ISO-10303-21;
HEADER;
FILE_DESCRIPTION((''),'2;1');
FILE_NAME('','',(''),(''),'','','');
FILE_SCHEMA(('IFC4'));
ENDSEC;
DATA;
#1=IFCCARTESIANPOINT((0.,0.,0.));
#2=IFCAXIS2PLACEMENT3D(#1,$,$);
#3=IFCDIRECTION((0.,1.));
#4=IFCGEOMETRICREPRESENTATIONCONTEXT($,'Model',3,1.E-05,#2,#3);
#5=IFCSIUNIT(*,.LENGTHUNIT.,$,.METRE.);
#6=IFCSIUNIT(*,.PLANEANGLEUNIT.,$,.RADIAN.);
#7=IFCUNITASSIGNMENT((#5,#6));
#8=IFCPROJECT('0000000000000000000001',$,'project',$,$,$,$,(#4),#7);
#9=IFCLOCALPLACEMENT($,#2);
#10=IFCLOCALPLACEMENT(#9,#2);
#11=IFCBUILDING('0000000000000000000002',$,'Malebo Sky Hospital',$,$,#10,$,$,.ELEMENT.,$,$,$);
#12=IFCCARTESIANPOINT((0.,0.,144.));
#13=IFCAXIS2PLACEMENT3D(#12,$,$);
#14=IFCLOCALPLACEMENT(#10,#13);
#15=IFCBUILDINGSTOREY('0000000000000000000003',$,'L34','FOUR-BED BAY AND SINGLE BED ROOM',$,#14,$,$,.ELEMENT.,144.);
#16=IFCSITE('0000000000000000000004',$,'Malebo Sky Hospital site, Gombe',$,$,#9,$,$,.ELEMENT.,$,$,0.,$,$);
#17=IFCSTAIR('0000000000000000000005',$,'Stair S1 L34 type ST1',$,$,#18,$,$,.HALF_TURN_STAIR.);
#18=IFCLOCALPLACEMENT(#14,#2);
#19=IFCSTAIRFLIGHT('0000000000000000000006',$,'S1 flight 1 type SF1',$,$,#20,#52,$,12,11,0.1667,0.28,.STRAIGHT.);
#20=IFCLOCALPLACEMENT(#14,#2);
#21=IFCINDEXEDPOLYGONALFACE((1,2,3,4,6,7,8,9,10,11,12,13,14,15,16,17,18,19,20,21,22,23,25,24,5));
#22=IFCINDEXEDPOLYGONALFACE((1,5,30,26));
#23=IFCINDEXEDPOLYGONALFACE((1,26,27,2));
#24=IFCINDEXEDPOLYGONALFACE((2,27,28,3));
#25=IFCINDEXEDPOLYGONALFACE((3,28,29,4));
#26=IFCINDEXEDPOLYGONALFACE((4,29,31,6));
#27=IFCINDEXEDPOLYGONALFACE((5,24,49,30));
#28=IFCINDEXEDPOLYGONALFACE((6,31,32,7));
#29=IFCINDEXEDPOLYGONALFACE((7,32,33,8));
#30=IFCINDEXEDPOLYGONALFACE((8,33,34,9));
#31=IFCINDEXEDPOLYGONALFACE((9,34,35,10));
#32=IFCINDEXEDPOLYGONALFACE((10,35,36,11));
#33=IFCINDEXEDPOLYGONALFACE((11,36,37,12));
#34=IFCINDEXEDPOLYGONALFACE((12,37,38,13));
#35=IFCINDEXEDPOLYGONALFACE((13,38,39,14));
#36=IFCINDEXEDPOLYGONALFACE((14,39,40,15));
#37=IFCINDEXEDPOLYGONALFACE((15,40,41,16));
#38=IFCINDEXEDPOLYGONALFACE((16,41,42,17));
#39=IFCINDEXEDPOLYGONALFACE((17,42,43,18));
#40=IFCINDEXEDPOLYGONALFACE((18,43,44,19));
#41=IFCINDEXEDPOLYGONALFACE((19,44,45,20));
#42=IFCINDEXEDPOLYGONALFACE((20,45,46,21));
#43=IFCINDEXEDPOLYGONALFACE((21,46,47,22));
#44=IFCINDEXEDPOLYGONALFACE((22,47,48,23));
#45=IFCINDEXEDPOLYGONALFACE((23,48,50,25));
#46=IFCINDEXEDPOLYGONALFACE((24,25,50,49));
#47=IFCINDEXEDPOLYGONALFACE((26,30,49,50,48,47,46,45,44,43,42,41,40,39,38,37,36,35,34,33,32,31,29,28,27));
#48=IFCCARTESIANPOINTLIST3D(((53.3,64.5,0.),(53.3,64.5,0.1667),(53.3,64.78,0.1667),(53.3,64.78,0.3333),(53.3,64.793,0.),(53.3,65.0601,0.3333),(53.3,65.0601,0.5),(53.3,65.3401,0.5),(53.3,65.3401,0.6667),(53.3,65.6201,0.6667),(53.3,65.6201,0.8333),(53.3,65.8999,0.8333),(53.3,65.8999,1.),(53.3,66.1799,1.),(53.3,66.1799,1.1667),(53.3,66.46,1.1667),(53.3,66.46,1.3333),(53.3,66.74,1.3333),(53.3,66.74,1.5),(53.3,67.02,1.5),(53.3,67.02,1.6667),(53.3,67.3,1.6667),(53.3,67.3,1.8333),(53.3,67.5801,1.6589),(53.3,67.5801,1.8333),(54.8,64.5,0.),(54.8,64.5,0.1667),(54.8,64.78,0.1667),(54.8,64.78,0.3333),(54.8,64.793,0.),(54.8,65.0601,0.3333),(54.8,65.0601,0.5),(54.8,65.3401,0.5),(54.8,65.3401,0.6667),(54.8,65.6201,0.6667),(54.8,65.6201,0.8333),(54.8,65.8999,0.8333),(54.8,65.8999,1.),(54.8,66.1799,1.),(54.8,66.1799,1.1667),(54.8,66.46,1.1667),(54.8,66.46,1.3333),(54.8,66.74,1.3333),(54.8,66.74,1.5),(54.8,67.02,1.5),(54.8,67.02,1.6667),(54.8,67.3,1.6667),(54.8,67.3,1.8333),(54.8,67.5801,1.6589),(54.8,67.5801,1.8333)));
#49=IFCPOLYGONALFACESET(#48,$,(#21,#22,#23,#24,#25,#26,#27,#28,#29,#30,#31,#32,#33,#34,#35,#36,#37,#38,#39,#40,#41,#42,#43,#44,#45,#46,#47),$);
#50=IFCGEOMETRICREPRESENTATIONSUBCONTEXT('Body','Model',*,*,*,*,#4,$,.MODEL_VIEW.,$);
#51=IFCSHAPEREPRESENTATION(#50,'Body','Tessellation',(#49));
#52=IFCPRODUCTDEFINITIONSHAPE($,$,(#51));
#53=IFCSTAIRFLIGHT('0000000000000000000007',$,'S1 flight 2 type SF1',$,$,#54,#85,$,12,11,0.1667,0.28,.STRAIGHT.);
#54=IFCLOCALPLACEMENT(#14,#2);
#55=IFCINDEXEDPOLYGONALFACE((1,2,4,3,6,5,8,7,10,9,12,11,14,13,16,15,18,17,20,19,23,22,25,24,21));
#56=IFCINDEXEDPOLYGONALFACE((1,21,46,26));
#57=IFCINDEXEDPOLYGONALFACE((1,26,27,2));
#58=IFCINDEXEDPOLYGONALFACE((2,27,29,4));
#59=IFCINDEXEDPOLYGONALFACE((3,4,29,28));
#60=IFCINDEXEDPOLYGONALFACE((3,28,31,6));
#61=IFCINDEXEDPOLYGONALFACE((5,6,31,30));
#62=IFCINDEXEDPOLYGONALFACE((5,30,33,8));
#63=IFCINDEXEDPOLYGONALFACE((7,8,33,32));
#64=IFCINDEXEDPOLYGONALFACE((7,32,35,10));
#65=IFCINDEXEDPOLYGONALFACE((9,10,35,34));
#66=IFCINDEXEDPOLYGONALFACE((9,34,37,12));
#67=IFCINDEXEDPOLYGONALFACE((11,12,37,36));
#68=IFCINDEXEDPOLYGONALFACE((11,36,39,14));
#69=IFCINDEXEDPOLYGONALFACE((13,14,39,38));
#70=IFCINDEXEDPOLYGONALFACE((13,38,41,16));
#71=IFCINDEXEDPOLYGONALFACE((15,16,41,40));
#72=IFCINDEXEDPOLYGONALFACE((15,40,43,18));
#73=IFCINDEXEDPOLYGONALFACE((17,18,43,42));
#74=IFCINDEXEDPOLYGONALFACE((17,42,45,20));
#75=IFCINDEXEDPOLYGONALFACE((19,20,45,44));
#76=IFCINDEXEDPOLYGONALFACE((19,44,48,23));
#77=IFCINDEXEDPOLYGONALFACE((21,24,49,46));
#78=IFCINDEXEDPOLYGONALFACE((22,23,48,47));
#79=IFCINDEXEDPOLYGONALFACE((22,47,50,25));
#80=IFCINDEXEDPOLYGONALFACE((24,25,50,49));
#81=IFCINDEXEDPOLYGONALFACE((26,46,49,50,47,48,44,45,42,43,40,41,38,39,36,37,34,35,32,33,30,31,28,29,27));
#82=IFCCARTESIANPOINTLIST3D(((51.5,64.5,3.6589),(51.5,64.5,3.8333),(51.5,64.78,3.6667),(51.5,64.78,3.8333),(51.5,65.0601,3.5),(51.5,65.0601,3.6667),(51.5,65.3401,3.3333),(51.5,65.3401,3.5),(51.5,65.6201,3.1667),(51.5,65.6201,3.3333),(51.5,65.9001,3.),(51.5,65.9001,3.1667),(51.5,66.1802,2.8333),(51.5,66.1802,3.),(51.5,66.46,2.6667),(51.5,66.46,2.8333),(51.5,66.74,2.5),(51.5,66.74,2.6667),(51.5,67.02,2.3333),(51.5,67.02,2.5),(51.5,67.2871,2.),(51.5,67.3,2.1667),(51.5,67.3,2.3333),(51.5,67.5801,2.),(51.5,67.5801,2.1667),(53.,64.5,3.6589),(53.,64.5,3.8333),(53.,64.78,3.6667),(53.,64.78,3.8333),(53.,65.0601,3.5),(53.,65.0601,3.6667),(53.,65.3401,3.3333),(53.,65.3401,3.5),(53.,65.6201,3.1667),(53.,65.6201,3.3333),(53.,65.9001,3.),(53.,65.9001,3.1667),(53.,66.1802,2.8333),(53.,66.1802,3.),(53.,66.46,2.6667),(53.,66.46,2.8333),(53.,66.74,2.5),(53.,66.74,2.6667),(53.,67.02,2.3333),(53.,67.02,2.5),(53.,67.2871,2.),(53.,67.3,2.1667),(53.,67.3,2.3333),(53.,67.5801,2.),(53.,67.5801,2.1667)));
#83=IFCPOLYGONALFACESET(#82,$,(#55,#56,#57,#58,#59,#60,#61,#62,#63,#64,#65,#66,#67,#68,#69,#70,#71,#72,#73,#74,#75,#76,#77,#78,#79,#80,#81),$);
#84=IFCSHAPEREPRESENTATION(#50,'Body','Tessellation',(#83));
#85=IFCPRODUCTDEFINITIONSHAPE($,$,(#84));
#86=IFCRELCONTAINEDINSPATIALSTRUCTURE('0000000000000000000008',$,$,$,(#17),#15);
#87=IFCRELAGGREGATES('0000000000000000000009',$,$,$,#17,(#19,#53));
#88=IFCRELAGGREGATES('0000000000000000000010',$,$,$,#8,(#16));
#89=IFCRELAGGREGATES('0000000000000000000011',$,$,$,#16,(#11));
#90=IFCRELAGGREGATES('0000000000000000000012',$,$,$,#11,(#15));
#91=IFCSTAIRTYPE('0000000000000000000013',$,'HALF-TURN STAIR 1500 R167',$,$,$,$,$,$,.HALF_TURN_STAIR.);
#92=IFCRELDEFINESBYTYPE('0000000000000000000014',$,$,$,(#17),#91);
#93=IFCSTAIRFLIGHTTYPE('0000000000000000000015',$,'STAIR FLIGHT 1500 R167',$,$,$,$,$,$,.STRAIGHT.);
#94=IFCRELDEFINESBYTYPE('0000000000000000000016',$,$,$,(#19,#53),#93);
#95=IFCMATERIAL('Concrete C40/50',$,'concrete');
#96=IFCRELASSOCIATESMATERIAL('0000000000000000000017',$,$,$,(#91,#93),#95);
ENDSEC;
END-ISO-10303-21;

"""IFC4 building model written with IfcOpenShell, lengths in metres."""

from ifc_helpers import new_model, si_unit, direction, frame, origin, place, context, subcontext, project, spatial, polyline, outline, extrude, material, type_object, element, aggregate, save


model = new_model("IFC4")

# Units and contexts
model_context = context("Model", 3, precision=1e-05, world=origin(), true_north=direction((0.0, 1.0)))
body_context = subcontext(model_context, "Body", "Model", "MODEL_VIEW")
ifc_project = project(units=[si_unit("LENGTHUNIT", "METRE"), si_unit("PLANEANGLEUNIT", "RADIAN")], contexts=[model_context])

# Site, building, storey
site_placement = place(None, origin())
site = spatial("IfcSite", under=ifc_project, at=site_placement, Name="Malebo Sky Hospital site, Gombe", CompositionType="ELEMENT", RefElevation=0.0)
building_placement = place(site_placement, origin())
building = spatial("IfcBuilding", under=site, at=building_placement, Name="Malebo Sky Hospital", CompositionType="ELEMENT")
storey_placement = place(building_placement, frame((0.0, 0.0, 144.0)))
storey = spatial("IfcBuildingStorey", under=building, at=storey_placement, Name="L34", Description="FOUR-BED BAY AND SINGLE BED ROOM", CompositionType="ELEMENT", Elevation=144.0)

# Stair, stair flights
ifc_material_1 = material(Name="Concrete C40/50", Category="concrete")
stair_type = type_object("IfcStairType", Name="HALF-TURN STAIR 1500 R167", PredefinedType="HALF_TURN_STAIR", material=ifc_material_1)
stair_placement = place(storey_placement, origin())
stair = element("IfcStair", 1, at=stair_placement, inside=storey, type_object=stair_type, Name="Stair S1 L34 type ST1", PredefinedType="HALF_TURN_STAIR")
stair_flight_type = type_object("IfcStairFlightType", Name="STAIR FLIGHT 1500 R167", PredefinedType="STRAIGHT", material=ifc_material_1)
stair_flight_1_placement = place(storey_placement, frame((54.05, 64.5, 0.0), z_axis=(0.0, 0.0, 1.0), x_axis=(0.0, 1.0, 0.0)))
stair_flight_1 = element("IfcStairFlight", 2, at=stair_flight_1_placement, type_object=stair_flight_type, Name="S1 flight 1 type SF1", NumberOfRisers=12, NumberOfTreads=11, PredefinedType="STRAIGHT", RiserHeight=0.1667, TreadLength=0.28, context=body_context, shape_type="SweptSolid", body=[
    extrude(outline(polyline([(0.0, 0.0), (0.0, 0.1667), (0.28, 0.1667), (0.28, 0.3333), (0.5601, 0.3333), (0.5601, 0.5), (0.8401, 0.5), (0.8401, 0.6667), (1.1201, 0.6667), (1.1201, 0.8333), (1.3999, 0.8333), (1.3999, 1.0), (1.6799, 1.0), (1.6799, 1.1667), (1.96, 1.1667), (1.96, 1.3333), (2.24, 1.3333), (2.24, 1.5), (2.52, 1.5), (2.52, 1.6667), (2.8, 1.6667), (2.8, 1.8333), (3.0801, 1.8333), (3.0801, 2.0), (3.0801, 1.6589), (0.293, 0.0), (0.0, 0.0)])), frame((0.0, 0.75, 0.0), z_axis=(0.0, -1.0, 0.0), x_axis=(1.0, 0.0, 0.0)), (0.0, 0.0, 1.0), 1.5),
])
stair_flight_2_placement = place(storey_placement, frame((52.25, 67.5801, 2.0), z_axis=(0.0, 0.0, 1.0), x_axis=(0.0, -1.0, 0.0)))
stair_flight_2 = element("IfcStairFlight", 3, at=stair_flight_2_placement, type_object=stair_flight_type, Name="S1 flight 2 type SF1", NumberOfRisers=12, NumberOfTreads=11, PredefinedType="STRAIGHT", RiserHeight=0.1667, TreadLength=0.28, context=body_context, shape_type="SweptSolid", body=[
    extrude(outline(polyline([(0.0, 0.0), (0.0, 0.1667), (0.28, 0.1667), (0.28, 0.3333), (0.5601, 0.3333), (0.5601, 0.5), (0.8401, 0.5), (0.8401, 0.6667), (1.1201, 0.6667), (1.1201, 0.8333), (1.3999, 0.8333), (1.3999, 1.0), (1.6799, 1.0), (1.6799, 1.1667), (1.96, 1.1667), (1.96, 1.3333), (2.24, 1.3333), (2.24, 1.5), (2.52, 1.5), (2.52, 1.6667), (2.8, 1.6667), (2.8, 1.8333), (3.0801, 1.8333), (3.0801, 2.0), (3.0801, 1.6589), (0.293, 0.0), (0.0, 0.0)])), frame((0.0, 0.75, 0.0), z_axis=(0.0, -1.0, 0.0), x_axis=(1.0, 0.0, 0.0)), (0.0, 0.0, 1.0), 1.5),
])
aggregate(stair, [stair_flight_1, stair_flight_2])

save(model, "model.ifc")
